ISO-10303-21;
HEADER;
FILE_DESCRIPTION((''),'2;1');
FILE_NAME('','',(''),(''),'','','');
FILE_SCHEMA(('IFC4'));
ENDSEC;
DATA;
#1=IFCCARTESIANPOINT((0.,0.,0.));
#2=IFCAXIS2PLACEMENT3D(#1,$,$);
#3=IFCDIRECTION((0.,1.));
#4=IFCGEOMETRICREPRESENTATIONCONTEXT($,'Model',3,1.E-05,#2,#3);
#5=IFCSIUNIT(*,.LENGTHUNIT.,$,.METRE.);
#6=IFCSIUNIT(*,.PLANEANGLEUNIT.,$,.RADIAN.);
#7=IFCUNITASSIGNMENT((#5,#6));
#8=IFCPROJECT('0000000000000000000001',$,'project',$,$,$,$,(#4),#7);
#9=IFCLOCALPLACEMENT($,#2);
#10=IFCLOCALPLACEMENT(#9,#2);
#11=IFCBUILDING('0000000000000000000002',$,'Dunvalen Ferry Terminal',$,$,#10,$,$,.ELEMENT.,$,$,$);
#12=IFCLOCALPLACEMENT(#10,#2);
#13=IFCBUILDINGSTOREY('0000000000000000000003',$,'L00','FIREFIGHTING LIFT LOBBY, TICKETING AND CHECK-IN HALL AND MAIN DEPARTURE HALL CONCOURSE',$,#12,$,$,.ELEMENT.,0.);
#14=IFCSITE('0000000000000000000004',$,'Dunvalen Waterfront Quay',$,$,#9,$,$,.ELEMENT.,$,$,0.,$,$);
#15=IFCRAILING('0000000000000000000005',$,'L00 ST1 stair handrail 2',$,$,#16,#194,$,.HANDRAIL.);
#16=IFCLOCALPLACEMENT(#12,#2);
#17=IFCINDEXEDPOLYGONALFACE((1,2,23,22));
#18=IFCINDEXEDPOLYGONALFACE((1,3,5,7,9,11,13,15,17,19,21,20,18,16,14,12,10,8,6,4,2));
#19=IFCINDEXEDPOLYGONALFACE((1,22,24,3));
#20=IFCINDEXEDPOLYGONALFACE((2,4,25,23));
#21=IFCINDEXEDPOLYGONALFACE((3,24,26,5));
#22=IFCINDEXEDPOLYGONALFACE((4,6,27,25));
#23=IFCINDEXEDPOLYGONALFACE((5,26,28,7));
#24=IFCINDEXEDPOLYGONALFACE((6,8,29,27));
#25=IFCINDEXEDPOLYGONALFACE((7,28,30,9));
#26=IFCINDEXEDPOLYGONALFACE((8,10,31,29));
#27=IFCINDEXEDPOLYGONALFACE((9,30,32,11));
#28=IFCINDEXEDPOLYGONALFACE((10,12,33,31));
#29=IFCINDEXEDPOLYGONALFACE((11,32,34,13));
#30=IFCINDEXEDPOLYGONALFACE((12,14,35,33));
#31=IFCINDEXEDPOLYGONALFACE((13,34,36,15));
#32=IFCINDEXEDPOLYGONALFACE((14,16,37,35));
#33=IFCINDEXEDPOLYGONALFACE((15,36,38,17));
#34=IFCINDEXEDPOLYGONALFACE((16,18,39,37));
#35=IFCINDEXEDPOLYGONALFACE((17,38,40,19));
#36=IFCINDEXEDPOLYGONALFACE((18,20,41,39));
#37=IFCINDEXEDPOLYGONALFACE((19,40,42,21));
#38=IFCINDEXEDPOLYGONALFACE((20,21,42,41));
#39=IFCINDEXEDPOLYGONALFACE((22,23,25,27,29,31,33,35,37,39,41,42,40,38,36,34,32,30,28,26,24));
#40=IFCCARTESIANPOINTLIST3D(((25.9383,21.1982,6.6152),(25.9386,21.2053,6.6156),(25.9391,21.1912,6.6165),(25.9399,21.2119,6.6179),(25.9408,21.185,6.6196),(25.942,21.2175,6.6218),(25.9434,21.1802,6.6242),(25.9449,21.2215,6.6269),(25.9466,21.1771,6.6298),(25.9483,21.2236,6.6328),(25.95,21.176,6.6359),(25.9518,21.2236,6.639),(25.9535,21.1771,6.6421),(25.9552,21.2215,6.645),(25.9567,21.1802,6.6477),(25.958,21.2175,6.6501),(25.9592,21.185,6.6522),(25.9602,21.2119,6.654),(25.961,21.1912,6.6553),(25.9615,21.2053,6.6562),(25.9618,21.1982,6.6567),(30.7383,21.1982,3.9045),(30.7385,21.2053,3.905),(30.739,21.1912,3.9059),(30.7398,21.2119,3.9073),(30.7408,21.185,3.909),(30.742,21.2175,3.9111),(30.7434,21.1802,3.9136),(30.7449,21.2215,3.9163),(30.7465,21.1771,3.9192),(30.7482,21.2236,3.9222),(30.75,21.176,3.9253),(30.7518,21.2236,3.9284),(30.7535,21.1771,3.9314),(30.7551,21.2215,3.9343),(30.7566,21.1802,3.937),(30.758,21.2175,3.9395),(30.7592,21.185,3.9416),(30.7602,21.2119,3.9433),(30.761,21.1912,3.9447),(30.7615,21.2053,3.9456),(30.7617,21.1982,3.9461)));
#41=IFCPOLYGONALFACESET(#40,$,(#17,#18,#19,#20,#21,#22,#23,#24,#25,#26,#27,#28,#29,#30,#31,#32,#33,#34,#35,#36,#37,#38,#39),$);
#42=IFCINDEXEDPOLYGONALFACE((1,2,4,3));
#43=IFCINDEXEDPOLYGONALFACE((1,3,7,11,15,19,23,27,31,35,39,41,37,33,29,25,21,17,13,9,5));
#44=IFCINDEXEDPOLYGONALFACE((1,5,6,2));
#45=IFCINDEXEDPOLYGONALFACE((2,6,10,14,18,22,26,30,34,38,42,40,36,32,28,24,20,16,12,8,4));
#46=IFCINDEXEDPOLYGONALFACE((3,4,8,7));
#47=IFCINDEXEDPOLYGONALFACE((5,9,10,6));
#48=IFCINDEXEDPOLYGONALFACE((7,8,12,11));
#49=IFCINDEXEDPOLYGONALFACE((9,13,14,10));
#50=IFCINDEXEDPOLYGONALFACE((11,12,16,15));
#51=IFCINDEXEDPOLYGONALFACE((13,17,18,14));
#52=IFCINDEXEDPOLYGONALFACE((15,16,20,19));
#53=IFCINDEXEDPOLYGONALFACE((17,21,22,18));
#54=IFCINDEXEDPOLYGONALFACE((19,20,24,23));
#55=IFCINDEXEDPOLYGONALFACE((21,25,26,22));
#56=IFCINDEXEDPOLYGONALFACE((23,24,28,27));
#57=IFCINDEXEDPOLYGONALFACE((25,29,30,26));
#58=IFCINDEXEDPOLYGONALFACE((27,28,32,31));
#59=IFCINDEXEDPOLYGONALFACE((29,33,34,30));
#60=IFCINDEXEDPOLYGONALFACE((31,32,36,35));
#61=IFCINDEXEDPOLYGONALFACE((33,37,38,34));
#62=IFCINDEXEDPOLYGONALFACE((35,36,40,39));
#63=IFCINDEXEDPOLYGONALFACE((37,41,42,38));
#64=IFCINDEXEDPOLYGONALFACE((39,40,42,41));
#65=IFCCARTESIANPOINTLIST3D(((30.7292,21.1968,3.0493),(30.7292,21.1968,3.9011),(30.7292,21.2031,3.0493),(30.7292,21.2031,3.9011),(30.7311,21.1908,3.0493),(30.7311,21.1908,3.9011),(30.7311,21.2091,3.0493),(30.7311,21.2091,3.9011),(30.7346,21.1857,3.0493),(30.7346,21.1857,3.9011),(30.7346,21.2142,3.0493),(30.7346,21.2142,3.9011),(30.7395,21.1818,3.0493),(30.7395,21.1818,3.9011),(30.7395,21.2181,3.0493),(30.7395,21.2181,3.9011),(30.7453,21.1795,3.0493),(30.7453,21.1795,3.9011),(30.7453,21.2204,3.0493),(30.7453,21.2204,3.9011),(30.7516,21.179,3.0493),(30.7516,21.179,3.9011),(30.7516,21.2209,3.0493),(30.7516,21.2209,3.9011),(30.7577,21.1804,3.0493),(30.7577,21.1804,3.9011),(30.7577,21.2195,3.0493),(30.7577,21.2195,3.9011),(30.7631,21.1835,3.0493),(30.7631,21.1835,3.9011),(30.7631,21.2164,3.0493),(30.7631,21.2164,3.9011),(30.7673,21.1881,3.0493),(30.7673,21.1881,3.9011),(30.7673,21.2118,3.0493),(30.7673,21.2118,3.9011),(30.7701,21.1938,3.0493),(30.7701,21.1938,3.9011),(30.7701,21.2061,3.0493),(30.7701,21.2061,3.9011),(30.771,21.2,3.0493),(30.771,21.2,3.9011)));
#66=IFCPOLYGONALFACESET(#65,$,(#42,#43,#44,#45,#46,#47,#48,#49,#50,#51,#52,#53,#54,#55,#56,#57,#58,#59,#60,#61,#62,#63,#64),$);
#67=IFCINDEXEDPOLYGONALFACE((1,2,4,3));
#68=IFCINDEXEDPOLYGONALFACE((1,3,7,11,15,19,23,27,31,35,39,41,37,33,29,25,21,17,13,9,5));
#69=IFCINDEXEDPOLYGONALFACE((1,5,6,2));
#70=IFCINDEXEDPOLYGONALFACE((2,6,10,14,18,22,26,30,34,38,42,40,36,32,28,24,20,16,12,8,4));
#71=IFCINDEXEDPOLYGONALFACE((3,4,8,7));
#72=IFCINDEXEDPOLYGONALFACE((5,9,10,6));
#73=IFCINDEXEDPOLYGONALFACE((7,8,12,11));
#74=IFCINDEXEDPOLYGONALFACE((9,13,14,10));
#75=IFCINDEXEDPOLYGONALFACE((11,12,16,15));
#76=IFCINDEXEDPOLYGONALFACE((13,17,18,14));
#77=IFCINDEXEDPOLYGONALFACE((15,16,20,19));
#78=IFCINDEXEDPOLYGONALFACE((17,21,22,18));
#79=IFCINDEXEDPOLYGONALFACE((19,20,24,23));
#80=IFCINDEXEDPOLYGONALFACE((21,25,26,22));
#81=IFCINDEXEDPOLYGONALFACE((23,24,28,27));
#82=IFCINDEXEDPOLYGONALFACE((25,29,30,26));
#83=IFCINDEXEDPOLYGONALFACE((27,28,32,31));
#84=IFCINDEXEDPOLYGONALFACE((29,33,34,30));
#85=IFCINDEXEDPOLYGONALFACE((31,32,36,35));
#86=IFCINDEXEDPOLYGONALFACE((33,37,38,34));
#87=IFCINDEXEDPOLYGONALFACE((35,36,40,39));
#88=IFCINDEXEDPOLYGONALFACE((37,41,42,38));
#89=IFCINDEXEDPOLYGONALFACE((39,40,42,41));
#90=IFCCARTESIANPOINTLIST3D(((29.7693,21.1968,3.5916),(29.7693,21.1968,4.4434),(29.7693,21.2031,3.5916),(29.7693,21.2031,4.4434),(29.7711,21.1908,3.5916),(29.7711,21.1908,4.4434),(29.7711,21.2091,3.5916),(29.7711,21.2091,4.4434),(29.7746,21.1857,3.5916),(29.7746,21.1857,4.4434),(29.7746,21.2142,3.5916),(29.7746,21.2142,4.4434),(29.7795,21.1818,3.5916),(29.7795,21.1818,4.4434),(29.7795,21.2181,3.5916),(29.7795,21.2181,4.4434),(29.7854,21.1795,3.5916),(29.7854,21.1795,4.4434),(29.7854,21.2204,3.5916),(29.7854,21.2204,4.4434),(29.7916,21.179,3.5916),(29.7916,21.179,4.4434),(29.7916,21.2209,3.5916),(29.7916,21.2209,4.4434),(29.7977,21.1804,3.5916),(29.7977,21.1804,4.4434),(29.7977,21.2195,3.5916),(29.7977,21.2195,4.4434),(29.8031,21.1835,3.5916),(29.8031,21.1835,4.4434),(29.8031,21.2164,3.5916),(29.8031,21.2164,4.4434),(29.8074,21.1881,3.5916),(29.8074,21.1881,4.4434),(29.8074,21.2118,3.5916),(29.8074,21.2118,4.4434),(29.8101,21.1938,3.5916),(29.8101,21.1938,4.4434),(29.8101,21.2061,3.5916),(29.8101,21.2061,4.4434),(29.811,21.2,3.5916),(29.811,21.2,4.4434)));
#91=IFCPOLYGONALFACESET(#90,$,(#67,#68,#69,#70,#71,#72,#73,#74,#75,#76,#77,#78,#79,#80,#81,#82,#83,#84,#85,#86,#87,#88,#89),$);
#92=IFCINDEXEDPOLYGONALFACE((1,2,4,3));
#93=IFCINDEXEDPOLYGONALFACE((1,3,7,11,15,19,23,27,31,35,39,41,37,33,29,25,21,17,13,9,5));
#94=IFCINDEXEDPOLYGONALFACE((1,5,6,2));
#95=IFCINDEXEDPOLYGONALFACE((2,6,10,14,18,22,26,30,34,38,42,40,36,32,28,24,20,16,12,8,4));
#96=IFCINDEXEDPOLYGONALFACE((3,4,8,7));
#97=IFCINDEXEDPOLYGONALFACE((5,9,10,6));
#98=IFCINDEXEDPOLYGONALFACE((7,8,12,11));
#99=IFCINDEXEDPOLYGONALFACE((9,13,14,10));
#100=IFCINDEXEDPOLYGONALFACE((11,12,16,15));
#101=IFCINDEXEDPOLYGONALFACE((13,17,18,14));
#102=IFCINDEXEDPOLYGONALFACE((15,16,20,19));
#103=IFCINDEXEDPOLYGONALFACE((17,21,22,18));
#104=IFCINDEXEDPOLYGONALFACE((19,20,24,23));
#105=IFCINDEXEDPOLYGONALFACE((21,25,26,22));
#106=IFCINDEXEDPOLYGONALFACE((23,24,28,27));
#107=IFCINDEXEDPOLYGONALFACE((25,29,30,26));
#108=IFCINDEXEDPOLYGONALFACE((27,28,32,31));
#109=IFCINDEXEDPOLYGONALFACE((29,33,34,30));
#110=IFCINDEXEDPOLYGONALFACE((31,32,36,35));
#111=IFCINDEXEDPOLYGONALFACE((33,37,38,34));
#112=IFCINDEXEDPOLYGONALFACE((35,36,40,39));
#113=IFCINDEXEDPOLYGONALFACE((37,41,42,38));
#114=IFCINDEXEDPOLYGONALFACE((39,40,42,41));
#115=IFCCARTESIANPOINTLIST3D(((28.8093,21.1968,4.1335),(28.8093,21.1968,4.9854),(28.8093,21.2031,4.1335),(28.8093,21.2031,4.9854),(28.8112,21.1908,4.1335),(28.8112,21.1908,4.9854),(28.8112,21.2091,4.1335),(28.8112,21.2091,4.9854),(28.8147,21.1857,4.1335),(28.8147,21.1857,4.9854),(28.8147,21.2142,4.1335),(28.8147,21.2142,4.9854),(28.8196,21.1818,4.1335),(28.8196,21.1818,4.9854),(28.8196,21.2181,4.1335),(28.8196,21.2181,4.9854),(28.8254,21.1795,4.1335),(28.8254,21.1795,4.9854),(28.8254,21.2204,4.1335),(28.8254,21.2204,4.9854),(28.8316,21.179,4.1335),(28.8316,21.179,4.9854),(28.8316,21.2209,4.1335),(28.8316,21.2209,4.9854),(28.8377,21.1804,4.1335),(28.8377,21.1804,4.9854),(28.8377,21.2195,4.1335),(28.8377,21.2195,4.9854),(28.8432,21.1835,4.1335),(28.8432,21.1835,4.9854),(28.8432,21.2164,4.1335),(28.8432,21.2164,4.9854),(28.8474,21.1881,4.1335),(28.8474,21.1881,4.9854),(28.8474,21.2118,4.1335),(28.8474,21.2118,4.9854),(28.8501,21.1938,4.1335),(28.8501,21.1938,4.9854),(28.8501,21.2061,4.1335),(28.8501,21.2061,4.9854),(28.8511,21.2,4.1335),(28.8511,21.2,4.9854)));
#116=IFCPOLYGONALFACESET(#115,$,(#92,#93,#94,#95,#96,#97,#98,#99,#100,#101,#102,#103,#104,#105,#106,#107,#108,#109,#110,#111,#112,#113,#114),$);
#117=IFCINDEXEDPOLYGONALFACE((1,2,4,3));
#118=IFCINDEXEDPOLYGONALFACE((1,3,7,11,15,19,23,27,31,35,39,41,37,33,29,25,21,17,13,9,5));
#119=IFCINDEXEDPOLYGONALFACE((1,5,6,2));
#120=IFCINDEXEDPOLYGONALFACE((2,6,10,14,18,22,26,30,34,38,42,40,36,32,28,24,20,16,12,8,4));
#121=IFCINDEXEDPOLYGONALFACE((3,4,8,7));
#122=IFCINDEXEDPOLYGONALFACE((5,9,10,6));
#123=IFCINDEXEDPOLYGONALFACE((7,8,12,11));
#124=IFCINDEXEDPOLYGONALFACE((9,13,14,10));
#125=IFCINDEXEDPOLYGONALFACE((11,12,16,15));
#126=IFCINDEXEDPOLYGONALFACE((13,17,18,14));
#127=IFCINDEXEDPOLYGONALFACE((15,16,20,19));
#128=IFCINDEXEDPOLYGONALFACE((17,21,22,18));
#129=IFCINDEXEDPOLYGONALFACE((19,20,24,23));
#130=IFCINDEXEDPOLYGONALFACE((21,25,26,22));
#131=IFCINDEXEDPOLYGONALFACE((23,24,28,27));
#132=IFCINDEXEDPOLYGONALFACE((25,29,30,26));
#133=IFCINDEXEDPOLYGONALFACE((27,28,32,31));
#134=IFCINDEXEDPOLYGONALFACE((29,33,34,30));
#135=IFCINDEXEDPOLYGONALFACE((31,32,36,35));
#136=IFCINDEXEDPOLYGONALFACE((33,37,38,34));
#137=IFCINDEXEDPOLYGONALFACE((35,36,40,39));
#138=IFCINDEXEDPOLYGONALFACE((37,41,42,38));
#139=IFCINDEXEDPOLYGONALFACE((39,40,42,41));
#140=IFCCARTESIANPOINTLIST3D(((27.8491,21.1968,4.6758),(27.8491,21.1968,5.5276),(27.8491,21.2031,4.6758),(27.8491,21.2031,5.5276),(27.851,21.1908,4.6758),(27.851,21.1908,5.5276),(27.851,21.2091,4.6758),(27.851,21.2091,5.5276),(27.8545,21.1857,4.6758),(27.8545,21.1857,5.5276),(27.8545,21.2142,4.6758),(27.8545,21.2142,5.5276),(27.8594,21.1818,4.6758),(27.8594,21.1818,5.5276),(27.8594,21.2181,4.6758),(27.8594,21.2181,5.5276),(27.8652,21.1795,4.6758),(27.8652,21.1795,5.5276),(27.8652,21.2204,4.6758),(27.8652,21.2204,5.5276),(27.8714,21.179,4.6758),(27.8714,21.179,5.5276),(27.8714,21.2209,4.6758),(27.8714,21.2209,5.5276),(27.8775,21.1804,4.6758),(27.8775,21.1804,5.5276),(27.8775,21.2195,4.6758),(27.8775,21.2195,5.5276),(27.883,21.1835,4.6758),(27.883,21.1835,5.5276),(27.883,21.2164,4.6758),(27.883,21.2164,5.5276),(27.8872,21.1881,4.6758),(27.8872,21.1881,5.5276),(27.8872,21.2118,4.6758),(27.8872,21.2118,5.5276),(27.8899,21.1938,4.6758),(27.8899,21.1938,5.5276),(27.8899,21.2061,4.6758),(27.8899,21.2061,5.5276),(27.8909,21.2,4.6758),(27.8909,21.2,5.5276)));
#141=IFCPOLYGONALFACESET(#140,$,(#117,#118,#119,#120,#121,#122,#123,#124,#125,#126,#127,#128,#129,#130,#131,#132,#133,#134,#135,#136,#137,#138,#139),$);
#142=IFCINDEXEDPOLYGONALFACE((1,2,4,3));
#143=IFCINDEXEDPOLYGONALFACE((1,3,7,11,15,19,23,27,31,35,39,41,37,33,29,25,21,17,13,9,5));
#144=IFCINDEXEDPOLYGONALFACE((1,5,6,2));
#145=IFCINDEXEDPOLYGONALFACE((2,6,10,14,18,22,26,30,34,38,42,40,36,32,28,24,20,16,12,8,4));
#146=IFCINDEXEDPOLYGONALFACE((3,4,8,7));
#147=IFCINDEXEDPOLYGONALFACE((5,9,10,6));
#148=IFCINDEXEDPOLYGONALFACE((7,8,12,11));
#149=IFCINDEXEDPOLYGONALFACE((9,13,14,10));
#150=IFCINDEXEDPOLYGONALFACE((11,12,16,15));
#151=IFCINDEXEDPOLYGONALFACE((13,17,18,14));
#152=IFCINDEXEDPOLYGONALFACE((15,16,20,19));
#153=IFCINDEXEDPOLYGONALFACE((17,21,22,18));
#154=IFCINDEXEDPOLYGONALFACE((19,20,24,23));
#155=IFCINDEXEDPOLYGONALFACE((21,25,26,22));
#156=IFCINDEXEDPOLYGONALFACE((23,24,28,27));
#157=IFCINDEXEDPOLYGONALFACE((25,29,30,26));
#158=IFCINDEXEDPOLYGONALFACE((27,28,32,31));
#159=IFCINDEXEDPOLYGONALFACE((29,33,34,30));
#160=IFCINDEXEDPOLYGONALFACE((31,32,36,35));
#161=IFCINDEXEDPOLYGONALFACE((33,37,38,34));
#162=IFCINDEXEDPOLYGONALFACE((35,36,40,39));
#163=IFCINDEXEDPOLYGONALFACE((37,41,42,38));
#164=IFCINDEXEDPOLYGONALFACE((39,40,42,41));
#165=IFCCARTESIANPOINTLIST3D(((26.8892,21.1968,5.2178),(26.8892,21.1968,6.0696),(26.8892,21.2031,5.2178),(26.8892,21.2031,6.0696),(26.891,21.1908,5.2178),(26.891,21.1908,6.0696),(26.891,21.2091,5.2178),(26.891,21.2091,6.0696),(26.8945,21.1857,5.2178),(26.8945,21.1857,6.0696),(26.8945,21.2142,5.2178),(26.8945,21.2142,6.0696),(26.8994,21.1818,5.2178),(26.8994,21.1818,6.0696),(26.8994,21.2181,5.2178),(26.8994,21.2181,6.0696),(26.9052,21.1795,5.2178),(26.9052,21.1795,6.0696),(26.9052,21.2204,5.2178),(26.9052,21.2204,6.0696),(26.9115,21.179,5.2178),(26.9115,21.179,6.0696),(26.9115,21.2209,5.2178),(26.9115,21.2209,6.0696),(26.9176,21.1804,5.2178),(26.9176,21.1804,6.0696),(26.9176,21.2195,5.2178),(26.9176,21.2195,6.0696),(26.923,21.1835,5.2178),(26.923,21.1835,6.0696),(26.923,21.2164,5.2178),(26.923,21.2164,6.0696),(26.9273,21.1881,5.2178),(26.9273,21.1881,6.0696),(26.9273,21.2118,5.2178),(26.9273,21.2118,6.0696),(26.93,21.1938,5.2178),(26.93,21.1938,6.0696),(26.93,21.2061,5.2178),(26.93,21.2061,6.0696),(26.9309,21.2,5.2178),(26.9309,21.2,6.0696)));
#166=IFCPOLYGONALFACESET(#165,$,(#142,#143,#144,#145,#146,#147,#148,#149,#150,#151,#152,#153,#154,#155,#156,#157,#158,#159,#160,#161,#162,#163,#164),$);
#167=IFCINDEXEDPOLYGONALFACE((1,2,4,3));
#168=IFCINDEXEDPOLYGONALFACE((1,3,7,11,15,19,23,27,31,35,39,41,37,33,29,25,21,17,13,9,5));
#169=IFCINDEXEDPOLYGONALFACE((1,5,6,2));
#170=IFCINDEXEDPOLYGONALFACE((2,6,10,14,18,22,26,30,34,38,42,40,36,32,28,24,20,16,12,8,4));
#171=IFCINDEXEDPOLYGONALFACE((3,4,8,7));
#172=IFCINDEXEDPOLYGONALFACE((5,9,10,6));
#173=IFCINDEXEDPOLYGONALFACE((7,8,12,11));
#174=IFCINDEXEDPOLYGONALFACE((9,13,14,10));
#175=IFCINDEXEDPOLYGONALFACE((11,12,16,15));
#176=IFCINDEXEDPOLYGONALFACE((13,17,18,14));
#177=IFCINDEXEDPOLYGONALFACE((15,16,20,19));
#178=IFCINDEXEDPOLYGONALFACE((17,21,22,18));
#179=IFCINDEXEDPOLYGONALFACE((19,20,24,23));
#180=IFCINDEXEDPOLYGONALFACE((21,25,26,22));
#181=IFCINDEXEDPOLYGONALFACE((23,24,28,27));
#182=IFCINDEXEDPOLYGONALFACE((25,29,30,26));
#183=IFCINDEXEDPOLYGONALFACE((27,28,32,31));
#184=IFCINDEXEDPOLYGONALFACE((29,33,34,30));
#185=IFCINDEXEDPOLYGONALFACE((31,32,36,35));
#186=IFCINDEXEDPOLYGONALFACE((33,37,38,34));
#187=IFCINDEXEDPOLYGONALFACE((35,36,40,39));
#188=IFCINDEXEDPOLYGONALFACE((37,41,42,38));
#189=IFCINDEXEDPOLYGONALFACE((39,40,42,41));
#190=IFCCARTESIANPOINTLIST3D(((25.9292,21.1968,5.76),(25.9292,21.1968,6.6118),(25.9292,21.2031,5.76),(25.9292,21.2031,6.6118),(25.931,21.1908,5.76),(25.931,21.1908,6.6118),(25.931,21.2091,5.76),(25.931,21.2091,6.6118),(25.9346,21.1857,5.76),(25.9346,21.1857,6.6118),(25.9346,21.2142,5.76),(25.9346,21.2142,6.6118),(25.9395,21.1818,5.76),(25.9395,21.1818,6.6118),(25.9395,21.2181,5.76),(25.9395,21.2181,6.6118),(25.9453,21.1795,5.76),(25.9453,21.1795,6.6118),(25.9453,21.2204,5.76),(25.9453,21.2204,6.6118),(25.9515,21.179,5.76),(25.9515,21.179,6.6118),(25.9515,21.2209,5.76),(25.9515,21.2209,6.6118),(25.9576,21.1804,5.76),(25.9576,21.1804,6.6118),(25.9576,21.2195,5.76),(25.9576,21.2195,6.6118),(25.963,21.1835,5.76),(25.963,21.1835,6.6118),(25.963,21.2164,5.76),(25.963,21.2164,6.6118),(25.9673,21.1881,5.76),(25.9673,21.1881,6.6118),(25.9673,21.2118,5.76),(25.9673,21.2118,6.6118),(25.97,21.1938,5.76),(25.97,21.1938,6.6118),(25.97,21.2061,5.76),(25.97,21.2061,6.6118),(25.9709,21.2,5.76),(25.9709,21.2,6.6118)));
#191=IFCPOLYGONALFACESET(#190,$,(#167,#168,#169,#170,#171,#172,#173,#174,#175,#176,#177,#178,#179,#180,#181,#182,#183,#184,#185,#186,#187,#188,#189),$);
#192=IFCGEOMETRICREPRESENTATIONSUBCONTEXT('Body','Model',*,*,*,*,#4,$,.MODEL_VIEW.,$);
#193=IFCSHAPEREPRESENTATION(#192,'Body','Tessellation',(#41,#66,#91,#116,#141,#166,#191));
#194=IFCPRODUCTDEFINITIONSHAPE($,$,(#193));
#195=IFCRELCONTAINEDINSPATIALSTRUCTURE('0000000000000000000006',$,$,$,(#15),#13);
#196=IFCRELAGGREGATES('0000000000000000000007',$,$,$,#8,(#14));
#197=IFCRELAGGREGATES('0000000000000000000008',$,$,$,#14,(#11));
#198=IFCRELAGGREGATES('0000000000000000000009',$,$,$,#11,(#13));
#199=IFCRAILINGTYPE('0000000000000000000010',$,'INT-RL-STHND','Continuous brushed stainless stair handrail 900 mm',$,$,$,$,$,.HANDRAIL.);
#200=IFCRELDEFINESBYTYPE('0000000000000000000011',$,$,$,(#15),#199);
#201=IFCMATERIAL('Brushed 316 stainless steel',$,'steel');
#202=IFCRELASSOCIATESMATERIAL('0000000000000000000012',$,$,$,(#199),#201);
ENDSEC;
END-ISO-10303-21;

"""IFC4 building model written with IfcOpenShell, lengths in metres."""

from ifc_helpers import new_model, si_unit, direction, frame, origin, origin_2d, place, context, subcontext, project, spatial, circle, extrude, material, type_object, element, save


model = new_model("IFC4")

# Units and contexts
model_context = context("Model", 3, precision=1e-05, world=origin(), true_north=direction((0.0, 1.0)))
body_context = subcontext(model_context, "Body", "Model", "MODEL_VIEW")
ifc_project = project(units=[si_unit("LENGTHUNIT", "METRE"), si_unit("PLANEANGLEUNIT", "RADIAN")], contexts=[model_context])

# Site, building, storey
site_placement = place(None, origin())
site = spatial("IfcSite", under=ifc_project, at=site_placement, Name="Dunvalen Waterfront Quay", CompositionType="ELEMENT", RefElevation=0.0)
building_placement = place(site_placement, origin())
building = spatial("IfcBuilding", under=site, at=building_placement, Name="Dunvalen Ferry Terminal", CompositionType="ELEMENT")
storey_placement = place(building_placement, origin())
storey = spatial("IfcBuildingStorey", under=building, at=storey_placement, Name="L00", Description="FIREFIGHTING LIFT LOBBY, TICKETING AND CHECK-IN HALL AND MAIN DEPARTURE HALL CONCOURSE", CompositionType="ELEMENT", Elevation=0.0)

# Shared definitions
ifc_material_1 = material(Name="Brushed 316 stainless steel", Category="steel")

# Railing
railing_type_1 = type_object("IfcRailingType", Name="INT-RL-STHND", Description="Continuous brushed stainless stair handrail 900 mm", PredefinedType="HANDRAIL", material=ifc_material_1)
railing_1_placement = place(storey_placement, frame((30.75, 21.2, 3.0493)))
element("IfcRailing", 1, at=railing_1_placement, inside=storey, type_object=railing_type_1, Name="L00 ST1 stair handrail 2", PredefinedType="HANDRAIL", context=body_context, shape_type="SweptSolid", body=[
    extrude(circle(Radius=0.0239, at=origin_2d()), frame((0.0, 0.0, 0.876), z_axis=(-0.870748, 0.0, 0.49173), x_axis=(0.0, -1.0, 0.0)), (0.0, 0.0, 1.0), 5.5125),
    extrude(circle(Radius=0.021, at=origin_2d()), origin(), (0.0, 0.0, 1.0), 0.8518),
    extrude(circle(Radius=0.021, at=origin_2d()), frame((-0.96, 0.0, 0.5422)), (0.0, 0.0, 1.0), 0.8518),
    extrude(circle(Radius=0.021, at=origin_2d()), frame((-1.9199, 0.0, 1.0842)), (0.0, 0.0, 1.0), 0.8518),
    extrude(circle(Radius=0.021, at=origin_2d()), frame((-2.8801, 0.0, 1.6265)), (0.0, 0.0, 1.0), 0.8518),
    extrude(circle(Radius=0.021, at=origin_2d()), frame((-3.8401, 0.0, 2.1685)), (0.0, 0.0, 1.0), 0.8518),
    extrude(circle(Radius=0.021, at=origin_2d()), frame((-4.8, 0.0, 2.7107)), (0.0, 0.0, 1.0), 0.8518),
])

save(model, "model.ifc")
